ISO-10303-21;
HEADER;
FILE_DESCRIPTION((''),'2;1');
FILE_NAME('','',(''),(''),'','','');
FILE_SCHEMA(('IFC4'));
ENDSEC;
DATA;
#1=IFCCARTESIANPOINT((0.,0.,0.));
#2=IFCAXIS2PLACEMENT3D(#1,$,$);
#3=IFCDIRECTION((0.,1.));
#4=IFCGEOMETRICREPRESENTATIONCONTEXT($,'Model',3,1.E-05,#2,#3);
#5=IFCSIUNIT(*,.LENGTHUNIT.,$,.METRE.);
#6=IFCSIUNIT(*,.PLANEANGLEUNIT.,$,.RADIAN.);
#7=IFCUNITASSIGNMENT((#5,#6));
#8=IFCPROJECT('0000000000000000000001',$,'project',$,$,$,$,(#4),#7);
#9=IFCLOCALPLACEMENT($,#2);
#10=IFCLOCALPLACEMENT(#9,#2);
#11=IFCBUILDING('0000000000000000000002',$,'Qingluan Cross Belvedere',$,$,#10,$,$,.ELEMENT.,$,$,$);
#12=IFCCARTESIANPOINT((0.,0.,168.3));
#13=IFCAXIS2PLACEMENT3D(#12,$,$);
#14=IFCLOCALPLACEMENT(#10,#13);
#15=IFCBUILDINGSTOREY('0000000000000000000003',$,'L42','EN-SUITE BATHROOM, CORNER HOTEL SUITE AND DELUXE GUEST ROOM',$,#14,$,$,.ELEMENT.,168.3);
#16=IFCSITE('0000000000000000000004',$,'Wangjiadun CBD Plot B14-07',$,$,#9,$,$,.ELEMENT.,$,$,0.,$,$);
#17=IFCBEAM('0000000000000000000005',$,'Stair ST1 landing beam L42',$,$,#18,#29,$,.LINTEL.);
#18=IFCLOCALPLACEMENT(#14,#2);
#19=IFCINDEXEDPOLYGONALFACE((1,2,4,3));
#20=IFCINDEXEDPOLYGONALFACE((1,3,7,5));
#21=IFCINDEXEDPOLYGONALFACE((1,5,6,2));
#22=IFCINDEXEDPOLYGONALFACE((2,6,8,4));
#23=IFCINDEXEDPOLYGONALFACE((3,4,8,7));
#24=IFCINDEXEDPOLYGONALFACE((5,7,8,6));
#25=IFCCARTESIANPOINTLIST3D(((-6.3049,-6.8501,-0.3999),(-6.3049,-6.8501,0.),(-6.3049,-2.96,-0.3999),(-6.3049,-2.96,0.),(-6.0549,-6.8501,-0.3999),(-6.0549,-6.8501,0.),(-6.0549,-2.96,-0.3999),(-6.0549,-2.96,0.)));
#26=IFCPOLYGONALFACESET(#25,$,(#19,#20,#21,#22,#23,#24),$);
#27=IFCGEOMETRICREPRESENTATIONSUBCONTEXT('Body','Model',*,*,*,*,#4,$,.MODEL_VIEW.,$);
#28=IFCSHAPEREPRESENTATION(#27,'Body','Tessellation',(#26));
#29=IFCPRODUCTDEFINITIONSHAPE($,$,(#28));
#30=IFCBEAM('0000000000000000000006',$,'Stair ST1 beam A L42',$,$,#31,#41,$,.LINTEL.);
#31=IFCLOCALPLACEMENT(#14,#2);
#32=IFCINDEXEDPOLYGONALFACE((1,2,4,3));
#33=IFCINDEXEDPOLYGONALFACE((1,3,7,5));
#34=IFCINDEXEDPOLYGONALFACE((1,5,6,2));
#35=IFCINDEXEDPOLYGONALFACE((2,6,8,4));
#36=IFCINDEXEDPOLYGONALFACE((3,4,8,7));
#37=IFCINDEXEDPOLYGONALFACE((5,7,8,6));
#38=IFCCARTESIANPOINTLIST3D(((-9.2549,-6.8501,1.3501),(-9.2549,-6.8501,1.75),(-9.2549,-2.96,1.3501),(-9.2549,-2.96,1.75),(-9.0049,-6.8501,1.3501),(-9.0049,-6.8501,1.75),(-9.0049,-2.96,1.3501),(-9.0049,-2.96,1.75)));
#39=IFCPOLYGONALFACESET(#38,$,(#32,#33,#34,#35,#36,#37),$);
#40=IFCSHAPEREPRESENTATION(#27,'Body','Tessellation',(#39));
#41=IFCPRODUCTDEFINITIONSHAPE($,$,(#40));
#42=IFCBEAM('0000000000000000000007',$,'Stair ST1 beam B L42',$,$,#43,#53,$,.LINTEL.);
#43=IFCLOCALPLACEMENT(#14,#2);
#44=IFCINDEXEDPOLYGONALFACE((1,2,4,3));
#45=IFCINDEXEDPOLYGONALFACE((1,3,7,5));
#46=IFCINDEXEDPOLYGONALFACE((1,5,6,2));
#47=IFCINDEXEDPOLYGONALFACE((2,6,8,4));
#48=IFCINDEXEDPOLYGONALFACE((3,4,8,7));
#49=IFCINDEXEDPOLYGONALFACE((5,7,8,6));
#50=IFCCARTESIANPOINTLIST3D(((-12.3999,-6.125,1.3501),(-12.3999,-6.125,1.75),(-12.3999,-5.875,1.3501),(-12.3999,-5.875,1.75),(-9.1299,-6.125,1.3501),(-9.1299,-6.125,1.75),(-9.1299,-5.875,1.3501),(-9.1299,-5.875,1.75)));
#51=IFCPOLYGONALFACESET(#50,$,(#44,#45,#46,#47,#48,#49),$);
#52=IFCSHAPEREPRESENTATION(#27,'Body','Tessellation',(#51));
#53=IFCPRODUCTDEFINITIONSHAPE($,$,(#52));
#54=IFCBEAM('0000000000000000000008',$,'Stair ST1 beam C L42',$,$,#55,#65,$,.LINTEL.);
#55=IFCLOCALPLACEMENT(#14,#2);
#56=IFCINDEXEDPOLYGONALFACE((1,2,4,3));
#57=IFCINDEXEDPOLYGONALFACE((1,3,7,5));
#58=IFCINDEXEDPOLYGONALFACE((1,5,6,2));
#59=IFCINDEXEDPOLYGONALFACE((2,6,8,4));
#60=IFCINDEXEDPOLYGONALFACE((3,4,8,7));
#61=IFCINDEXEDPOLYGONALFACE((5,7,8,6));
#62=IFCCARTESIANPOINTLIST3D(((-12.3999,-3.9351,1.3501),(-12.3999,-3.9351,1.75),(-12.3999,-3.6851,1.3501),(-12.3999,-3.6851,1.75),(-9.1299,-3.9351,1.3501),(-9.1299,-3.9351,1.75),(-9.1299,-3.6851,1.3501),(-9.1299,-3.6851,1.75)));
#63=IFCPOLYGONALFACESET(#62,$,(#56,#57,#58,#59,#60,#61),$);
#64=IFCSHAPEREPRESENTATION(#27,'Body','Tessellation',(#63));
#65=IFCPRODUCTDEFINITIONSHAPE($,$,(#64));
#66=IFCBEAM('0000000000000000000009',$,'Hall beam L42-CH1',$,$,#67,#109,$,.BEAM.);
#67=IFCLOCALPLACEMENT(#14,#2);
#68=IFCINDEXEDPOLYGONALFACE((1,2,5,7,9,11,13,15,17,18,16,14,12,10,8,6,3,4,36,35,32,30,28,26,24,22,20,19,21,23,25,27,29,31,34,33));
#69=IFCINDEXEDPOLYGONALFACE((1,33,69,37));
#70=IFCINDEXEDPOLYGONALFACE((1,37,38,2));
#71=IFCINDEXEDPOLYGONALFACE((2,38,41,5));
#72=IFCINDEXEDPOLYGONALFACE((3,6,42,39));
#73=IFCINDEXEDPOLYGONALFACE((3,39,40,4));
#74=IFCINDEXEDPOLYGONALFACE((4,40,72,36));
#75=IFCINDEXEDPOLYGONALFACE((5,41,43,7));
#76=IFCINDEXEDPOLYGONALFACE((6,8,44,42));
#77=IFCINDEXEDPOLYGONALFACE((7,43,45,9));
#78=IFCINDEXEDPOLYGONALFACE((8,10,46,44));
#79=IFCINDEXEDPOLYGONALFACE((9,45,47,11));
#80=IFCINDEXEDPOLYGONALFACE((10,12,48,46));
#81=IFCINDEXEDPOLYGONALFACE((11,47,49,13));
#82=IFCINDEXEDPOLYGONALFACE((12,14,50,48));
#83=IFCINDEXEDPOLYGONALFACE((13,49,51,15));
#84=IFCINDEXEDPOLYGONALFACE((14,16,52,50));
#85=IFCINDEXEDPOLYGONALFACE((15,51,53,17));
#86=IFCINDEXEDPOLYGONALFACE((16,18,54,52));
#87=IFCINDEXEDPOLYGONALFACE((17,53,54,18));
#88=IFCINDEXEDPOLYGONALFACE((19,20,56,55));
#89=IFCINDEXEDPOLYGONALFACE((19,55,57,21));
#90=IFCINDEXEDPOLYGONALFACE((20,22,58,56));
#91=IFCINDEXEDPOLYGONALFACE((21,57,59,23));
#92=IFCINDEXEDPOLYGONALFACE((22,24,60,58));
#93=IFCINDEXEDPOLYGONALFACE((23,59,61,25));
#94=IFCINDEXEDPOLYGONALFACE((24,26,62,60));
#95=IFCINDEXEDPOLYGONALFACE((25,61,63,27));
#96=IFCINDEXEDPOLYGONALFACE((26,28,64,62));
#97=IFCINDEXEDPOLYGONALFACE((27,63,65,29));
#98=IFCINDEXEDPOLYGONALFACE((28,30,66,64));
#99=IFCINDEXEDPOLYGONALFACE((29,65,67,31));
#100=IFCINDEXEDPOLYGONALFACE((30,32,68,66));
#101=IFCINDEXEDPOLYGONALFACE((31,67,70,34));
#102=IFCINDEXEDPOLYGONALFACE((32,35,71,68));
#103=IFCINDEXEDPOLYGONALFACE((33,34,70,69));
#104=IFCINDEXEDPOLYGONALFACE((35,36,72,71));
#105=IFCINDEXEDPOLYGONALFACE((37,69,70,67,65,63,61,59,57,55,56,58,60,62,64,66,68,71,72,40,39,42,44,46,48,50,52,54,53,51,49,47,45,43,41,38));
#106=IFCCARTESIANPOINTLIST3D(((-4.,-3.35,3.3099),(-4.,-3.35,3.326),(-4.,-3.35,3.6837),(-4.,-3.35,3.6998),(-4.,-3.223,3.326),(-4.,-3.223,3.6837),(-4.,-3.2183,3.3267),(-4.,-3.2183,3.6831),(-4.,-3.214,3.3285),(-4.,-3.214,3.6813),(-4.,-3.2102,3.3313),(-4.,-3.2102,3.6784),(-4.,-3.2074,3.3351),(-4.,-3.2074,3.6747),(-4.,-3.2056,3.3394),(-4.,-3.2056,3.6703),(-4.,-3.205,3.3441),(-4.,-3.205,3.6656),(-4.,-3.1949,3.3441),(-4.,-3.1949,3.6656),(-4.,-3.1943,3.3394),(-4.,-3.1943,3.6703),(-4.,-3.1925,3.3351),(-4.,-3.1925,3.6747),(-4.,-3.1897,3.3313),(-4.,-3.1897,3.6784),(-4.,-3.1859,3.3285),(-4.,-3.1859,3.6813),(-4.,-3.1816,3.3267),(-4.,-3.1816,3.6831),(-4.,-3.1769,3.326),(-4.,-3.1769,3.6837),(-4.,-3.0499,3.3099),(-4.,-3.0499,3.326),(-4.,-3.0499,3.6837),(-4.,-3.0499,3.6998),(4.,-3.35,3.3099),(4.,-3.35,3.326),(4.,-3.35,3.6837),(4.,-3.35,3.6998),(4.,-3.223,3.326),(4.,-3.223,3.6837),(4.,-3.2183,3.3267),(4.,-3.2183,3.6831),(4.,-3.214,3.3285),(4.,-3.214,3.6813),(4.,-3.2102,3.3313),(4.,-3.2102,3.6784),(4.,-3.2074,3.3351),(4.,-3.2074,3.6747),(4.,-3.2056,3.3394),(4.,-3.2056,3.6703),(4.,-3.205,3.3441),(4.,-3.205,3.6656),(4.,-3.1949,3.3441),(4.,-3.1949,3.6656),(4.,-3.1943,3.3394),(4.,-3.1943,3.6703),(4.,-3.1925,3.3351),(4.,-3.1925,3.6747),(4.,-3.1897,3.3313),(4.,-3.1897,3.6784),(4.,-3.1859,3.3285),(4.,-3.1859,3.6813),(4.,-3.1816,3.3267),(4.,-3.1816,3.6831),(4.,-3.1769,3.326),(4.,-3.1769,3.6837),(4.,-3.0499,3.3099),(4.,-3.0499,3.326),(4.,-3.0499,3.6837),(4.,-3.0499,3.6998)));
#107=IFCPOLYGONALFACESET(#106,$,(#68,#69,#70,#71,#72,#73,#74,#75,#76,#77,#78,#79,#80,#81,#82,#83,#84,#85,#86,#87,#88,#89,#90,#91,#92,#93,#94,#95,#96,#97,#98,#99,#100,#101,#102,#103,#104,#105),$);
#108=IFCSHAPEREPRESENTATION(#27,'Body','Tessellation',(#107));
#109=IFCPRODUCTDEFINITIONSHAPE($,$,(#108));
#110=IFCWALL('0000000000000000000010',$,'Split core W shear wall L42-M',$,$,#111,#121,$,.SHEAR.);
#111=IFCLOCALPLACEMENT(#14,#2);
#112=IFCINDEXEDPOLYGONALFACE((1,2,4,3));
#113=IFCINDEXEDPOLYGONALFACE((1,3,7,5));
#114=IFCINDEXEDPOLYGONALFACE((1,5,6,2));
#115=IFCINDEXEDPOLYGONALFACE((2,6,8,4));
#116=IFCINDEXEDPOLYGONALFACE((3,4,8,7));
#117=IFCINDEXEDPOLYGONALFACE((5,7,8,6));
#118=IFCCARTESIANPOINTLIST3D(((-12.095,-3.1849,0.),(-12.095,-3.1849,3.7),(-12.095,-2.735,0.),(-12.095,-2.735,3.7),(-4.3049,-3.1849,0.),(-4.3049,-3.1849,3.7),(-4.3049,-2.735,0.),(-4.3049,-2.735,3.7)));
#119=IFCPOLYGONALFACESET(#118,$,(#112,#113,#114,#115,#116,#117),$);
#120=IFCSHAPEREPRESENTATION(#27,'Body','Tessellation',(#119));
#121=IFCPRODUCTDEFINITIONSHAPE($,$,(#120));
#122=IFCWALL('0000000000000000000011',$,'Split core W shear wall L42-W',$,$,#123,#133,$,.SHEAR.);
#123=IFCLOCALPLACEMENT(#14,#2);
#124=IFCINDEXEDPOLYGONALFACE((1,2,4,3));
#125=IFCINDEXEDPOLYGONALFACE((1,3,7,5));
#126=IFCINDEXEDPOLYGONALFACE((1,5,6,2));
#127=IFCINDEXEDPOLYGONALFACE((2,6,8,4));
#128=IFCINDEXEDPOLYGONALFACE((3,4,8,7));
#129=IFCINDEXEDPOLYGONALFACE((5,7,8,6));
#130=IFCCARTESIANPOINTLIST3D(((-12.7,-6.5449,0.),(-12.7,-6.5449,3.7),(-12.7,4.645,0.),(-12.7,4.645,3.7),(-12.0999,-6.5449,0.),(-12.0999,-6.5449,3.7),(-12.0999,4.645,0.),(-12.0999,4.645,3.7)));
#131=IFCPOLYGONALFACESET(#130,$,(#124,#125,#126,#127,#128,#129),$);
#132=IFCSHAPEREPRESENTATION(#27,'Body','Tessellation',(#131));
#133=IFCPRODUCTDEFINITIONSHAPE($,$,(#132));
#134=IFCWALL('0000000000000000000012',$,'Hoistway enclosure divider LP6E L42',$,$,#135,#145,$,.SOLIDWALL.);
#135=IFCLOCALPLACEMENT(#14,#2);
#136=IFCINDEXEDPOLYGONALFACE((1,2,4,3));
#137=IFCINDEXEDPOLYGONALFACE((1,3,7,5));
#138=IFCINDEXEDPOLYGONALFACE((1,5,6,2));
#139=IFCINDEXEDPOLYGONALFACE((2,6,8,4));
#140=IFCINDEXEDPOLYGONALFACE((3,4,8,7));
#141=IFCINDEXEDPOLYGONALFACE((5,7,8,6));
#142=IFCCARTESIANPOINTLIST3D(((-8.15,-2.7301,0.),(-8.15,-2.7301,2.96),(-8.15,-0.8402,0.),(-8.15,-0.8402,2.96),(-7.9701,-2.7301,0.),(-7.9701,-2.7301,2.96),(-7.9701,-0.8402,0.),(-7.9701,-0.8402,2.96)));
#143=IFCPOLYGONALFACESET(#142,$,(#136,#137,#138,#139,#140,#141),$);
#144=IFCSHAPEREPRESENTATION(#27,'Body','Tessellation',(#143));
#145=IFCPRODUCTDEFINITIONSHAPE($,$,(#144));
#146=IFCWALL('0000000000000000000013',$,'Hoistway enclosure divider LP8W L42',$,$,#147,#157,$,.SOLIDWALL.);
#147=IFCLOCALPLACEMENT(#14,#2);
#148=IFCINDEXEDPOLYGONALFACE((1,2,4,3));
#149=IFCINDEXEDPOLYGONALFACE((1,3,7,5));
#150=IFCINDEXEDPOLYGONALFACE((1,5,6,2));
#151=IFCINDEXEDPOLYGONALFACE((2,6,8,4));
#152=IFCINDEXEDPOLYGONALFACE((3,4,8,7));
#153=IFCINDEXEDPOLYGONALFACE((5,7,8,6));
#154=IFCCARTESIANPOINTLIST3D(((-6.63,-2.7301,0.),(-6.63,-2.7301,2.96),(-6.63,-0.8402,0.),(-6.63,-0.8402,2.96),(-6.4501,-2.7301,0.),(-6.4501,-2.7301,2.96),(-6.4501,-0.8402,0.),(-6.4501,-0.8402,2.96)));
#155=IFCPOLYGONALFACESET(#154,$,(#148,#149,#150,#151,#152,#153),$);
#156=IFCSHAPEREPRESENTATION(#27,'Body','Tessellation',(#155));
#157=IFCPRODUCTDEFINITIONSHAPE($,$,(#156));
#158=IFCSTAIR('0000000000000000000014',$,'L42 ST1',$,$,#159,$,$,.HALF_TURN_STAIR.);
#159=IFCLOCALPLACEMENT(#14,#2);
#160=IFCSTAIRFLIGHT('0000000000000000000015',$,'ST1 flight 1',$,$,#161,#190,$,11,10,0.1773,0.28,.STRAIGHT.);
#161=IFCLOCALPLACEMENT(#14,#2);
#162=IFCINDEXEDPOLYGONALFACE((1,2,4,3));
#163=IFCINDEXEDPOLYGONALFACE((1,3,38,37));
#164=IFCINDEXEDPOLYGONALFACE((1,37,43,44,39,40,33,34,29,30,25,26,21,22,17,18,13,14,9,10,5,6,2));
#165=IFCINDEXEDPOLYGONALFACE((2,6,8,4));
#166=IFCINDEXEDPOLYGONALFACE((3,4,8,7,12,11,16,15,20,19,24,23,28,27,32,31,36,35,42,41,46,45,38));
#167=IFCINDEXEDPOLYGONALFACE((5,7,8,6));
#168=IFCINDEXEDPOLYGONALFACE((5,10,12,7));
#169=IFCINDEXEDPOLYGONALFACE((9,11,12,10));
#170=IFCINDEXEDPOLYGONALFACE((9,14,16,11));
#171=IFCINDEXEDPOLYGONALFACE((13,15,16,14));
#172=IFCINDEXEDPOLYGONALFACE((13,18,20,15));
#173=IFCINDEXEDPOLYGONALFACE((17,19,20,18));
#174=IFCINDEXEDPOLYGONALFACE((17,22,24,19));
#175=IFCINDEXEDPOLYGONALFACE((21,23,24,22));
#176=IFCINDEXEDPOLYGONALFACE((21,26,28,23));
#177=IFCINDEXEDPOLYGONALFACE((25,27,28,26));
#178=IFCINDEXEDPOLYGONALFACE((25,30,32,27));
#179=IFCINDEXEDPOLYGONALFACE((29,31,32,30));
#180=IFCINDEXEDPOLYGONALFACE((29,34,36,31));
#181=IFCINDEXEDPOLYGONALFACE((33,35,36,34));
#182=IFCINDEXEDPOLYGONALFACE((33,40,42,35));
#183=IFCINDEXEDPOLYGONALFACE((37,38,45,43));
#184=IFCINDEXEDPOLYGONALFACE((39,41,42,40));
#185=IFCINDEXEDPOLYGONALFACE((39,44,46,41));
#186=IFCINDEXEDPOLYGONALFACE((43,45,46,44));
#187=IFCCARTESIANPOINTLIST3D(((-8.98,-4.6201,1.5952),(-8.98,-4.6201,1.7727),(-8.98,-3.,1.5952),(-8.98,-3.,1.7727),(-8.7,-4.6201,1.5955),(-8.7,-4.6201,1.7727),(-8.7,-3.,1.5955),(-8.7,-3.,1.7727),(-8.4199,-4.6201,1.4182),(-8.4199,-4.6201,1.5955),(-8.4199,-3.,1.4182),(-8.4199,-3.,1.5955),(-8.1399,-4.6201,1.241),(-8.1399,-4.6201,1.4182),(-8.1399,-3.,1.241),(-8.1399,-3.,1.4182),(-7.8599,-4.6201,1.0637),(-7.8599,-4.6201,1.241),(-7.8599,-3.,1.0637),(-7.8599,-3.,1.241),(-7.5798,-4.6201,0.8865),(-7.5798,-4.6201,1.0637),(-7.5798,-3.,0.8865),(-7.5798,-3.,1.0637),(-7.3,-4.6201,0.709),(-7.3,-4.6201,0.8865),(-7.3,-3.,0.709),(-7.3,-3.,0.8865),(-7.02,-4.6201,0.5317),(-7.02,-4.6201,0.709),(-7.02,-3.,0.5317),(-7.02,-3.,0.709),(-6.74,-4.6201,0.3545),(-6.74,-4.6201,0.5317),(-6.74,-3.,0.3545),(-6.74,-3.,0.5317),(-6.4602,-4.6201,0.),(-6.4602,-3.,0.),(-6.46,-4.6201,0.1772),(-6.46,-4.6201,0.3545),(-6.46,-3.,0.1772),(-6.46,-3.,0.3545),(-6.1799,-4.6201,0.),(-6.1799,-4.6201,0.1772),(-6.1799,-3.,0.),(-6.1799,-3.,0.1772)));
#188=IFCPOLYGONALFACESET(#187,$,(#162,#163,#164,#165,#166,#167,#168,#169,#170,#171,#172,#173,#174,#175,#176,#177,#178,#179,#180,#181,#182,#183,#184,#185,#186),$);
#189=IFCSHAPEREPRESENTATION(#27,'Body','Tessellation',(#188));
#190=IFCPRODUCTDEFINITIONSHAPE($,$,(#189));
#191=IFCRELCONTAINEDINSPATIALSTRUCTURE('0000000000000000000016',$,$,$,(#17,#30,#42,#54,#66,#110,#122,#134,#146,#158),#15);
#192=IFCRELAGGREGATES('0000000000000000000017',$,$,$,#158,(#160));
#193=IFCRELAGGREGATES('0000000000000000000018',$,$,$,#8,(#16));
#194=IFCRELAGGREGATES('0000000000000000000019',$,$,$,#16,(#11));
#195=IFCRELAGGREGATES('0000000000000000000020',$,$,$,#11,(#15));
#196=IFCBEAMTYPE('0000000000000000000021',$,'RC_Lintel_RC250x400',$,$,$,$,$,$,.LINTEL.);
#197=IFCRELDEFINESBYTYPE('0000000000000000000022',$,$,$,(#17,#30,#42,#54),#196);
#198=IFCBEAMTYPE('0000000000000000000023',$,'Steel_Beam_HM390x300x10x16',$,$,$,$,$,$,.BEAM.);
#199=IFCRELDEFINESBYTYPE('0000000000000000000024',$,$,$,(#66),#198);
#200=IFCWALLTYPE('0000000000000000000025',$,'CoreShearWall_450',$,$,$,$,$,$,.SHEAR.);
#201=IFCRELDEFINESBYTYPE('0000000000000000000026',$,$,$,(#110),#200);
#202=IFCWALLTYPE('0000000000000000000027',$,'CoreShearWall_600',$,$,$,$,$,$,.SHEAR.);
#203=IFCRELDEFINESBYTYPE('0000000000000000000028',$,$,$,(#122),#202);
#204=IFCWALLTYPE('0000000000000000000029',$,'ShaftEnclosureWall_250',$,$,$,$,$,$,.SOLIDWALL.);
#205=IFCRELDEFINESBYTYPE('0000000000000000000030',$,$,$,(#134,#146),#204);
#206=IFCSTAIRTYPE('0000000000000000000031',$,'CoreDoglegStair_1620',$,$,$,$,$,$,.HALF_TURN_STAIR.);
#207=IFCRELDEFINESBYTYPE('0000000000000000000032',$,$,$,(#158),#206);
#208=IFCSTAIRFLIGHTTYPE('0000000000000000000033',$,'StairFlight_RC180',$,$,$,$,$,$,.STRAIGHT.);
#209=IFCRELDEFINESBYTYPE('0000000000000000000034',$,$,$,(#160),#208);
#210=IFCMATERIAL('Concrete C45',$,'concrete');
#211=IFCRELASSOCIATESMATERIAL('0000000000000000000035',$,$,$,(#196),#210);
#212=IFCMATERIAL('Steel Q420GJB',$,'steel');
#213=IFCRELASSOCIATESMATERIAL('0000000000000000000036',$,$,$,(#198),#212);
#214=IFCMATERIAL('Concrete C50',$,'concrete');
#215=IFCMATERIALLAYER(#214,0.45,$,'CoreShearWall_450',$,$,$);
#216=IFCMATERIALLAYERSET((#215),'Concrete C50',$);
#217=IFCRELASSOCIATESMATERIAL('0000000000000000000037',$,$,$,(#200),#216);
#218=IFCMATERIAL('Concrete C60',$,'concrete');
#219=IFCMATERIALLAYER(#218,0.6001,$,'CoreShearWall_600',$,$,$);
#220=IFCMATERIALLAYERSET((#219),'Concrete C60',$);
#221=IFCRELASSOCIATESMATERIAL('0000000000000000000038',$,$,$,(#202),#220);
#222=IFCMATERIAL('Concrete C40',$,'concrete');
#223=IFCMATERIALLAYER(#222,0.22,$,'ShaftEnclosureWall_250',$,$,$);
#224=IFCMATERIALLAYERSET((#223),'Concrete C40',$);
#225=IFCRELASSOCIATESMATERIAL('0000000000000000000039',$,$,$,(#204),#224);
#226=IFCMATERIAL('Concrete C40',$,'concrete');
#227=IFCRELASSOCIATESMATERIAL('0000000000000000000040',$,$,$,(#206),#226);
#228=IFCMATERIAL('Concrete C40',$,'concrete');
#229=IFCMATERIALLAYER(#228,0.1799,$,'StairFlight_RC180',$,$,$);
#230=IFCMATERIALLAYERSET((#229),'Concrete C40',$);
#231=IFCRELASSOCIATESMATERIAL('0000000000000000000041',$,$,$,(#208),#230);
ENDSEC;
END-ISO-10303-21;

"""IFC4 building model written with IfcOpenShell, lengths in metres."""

from ifc_helpers import new_model, si_unit, direction, frame, frame_2d, origin, origin_2d, place, context, subcontext, project, spatial, polyline, rectangle, i_section, outline, extrude, material, layer, layer_set, material_profile, profile_set, type_object, element, aggregate, save


model = new_model("IFC4")

# Units and contexts
model_context = context("Model", 3, precision=1e-05, world=origin(), true_north=direction((0.0, 1.0)))
body_context = subcontext(model_context, "Body", "Model", "MODEL_VIEW")
ifc_project = project(units=[si_unit("LENGTHUNIT", "METRE"), si_unit("PLANEANGLEUNIT", "RADIAN")], contexts=[model_context])

# Site, building, storey
site_placement = place(None, origin())
site = spatial("IfcSite", under=ifc_project, at=site_placement, Name="Wangjiadun CBD Plot B14-07", CompositionType="ELEMENT", RefElevation=0.0)
building_placement = place(site_placement, origin())
building = spatial("IfcBuilding", under=site, at=building_placement, Name="Qingluan Cross Belvedere", CompositionType="ELEMENT")
storey_placement = place(building_placement, frame((0.0, 0.0, 168.3)))
storey = spatial("IfcBuildingStorey", under=building, at=storey_placement, Name="L42", Description="EN-SUITE BATHROOM, CORNER HOTEL SUITE AND DELUXE GUEST ROOM", CompositionType="ELEMENT", Elevation=168.3)

# Beams
ifc_material_1 = material(Name="Concrete C45", Category="concrete")
ifc_material_profile_1 = material_profile(ifc_material_1, rectangle(XDim=0.25, YDim=0.3999, at=origin_2d()), Name="RC250x400")
ifc_profile_set_1 = profile_set([ifc_material_profile_1], Name="Concrete C45")
beam_type_1 = type_object("IfcBeamType", Name="RC_Lintel_RC250x400", PredefinedType="LINTEL", material=ifc_profile_set_1)
for number, where, z_axis, x_axis, name in (
    (1, (-6.1799, -6.8501, -0.2), (0.0, 1.0, 0.0), (-1.0, 0.0, 0.0), "Stair ST1 landing beam L42"),
    (2, (-9.1299, -6.8501, 1.55), (0.0, 1.0, 0.0), (-1.0, 0.0, 0.0), "Stair ST1 beam A L42"),
):
    element("IfcBeam", number, at=place(storey_placement, frame(where, z_axis=z_axis, x_axis=x_axis)), inside=storey, type_object=beam_type_1, Name=name, PredefinedType="LINTEL", context=body_context, shape_type="SweptSolid", body=[
        extrude(rectangle(XDim=0.25, YDim=0.3999, at=origin_2d()), origin(), (0.0, 0.0, 1.0), 3.8901),
    ])
for number, where, z_axis, x_axis, name in (
    (3, (-12.3999, -6.0, 1.55), (1.0, 0.0, 0.0), (0.0, 1.0, 0.0), "Stair ST1 beam B L42"),
    (4, (-12.3999, -3.8101, 1.55), (1.0, 0.0, 0.0), (0.0, 1.0, 0.0), "Stair ST1 beam C L42"),
):
    element("IfcBeam", number, at=place(storey_placement, frame(where, z_axis=z_axis, x_axis=x_axis)), inside=storey, type_object=beam_type_1, Name=name, PredefinedType="LINTEL", context=body_context, shape_type="SweptSolid", body=[
        extrude(rectangle(XDim=0.25, YDim=0.3999, at=origin_2d()), origin(), (0.0, 0.0, 1.0), 3.27),
    ])
ifc_material_2 = material(Name="Steel Q420GJB", Category="steel")
ifc_material_profile_2 = material_profile(ifc_material_2, i_section(OverallWidth=0.3, OverallDepth=0.3899, WebThickness=0.01, FlangeThickness=0.0161, FilletRadius=0.0181, at=origin_2d()), Name="HM390x300x10x16")
ifc_profile_set_2 = profile_set([ifc_material_profile_2], Name="Steel Q420GJB")
beam_type_2 = type_object("IfcBeamType", Name="Steel_Beam_HM390x300x10x16", PredefinedType="BEAM", material=ifc_profile_set_2)
beam_placement = place(storey_placement, frame((-4.0, -3.2, 3.5049), z_axis=(1.0, 0.0, 0.0), x_axis=(0.0, 1.0, 0.0)))
element("IfcBeam", 5, at=beam_placement, inside=storey, type_object=beam_type_2, Name="Hall beam L42-CH1", PredefinedType="BEAM", context=body_context, shape_type="SweptSolid", body=[
    extrude(i_section(OverallWidth=0.3, OverallDepth=0.3899, WebThickness=0.01, FlangeThickness=0.0161, FilletRadius=0.0181, at=origin_2d()), origin(), (0.0, 0.0, 1.0), 8.0),
])

# Walls
ifc_material_3 = material(Name="Concrete C50", Category="concrete")
ifc_layer_1 = layer(ifc_material_3, 0.45, Name="CoreShearWall_450")
ifc_layer_set_1 = layer_set([ifc_layer_1], Name="Concrete C50")
wall_type_1 = type_object("IfcWallType", Name="CoreShearWall_450", PredefinedType="SHEAR", material=ifc_layer_set_1)
wall_1_placement = place(storey_placement, frame((-12.095, -2.96, 0.0), z_axis=(0.0, 0.0, 1.0), x_axis=(1.0, 0.0, 0.0)))
element("IfcWall", 6, at=wall_1_placement, inside=storey, type_object=wall_type_1, Name="Split core W shear wall L42-M", PredefinedType="SHEAR", context=body_context, shape_type="SweptSolid", body=[
    extrude(rectangle(XDim=7.79, YDim=0.45, at=frame_2d((3.895, 0.0))), origin(), (0.0, 0.0, 1.0), 3.7),
])
ifc_material_4 = material(Name="Concrete C60", Category="concrete")
ifc_layer_2 = layer(ifc_material_4, 0.6001, Name="CoreShearWall_600")
ifc_layer_set_2 = layer_set([ifc_layer_2], Name="Concrete C60")
wall_type_2 = type_object("IfcWallType", Name="CoreShearWall_600", PredefinedType="SHEAR", material=ifc_layer_set_2)
wall_2_placement = place(storey_placement, frame((-12.3999, -6.5449, 0.0), z_axis=(0.0, 0.0, 1.0), x_axis=(0.0, 1.0, 0.0)))
element("IfcWall", 7, at=wall_2_placement, inside=storey, type_object=wall_type_2, Name="Split core W shear wall L42-W", PredefinedType="SHEAR", context=body_context, shape_type="SweptSolid", body=[
    extrude(rectangle(XDim=11.1899, YDim=0.6001, at=frame_2d((5.595, 0.0))), origin(), (0.0, 0.0, 1.0), 3.7),
])

# Shared definitions
ifc_material_5 = material(Name="Concrete C40", Category="concrete")
ifc_layer_3 = layer(ifc_material_5, 0.22, Name="ShaftEnclosureWall_250")
ifc_layer_set_3 = layer_set([ifc_layer_3], Name="Concrete C40")
wall_type_3 = type_object("IfcWallType", Name="ShaftEnclosureWall_250", PredefinedType="SOLIDWALL", material=ifc_layer_set_3)

# Walls
for number, where, z_axis, x_axis, name in (
    (8, (-8.0601, -2.73, 0.0), (0.0, 0.0, 1.0), (0.0, 1.0, 0.0), "Hoistway enclosure divider LP6E L42"),
    (9, (-6.54, -2.73, 0.0), (0.0, 0.0, 1.0), (0.0, 1.0, 0.0), "Hoistway enclosure divider LP8W L42"),
):
    element("IfcWall", number, at=place(storey_placement, frame(where, z_axis=z_axis, x_axis=x_axis)), inside=storey, type_object=wall_type_3, Name=name, PredefinedType="SOLIDWALL", context=body_context, shape_type="SweptSolid", body=[
        extrude(rectangle(XDim=1.8899, YDim=0.1799, at=frame_2d((0.9448, 0.0))), origin(), (0.0, 0.0, 1.0), 2.96),
    ])

# Stair, stair flight
ifc_material_6 = material(Name="Concrete C40", Category="concrete")
stair_type = type_object("IfcStairType", Name="CoreDoglegStair_1620", PredefinedType="HALF_TURN_STAIR", material=ifc_material_6)
stair_placement = place(storey_placement, origin())
stair = element("IfcStair", 10, at=stair_placement, inside=storey, type_object=stair_type, Name="L42 ST1", PredefinedType="HALF_TURN_STAIR")
ifc_material_7 = material(Name="Concrete C40", Category="concrete")
ifc_layer_4 = layer(ifc_material_7, 0.1799, Name="StairFlight_RC180")
ifc_layer_set_4 = layer_set([ifc_layer_4], Name="Concrete C40")
stair_flight_type = type_object("IfcStairFlightType", Name="StairFlight_RC180", PredefinedType="STRAIGHT", material=ifc_layer_set_4)
stair_flight_1_placement = place(storey_placement, frame((-6.1799, -3.8101, 0.0), z_axis=(0.0, 0.0, 1.0), x_axis=(-1.0, 0.0, 0.0)))
stair_flight_1 = element("IfcStairFlight", 11, at=stair_flight_1_placement, type_object=stair_flight_type, Name="ST1 flight 1", NumberOfRisers=11, NumberOfTreads=10, PredefinedType="STRAIGHT", RiserHeight=0.1773, TreadLength=0.28, context=body_context, shape_type="SweptSolid", body=[
    extrude(outline(polyline([(0.0, 0.0), (0.0, 0.1772), (0.28, 0.1772), (0.28, 0.3545), (0.5601, 0.3545), (0.5601, 0.5317), (0.8401, 0.5317), (0.8401, 0.709), (1.1201, 0.709), (1.1201, 0.8865), (1.3999, 0.8865), (1.3999, 1.0637), (1.6799, 1.0637), (1.6799, 1.241), (1.96, 1.241), (1.96, 1.4182), (2.24, 1.4182), (2.24, 1.5955), (2.52, 1.5955), (2.52, 1.7727), (2.8, 1.7727), (2.8, 1.95), (2.8, 1.5952), (0.2803, 0.0), (0.0, 0.0)])), frame((0.0, 0.8101, 0.0), z_axis=(0.0, -1.0, 0.0), x_axis=(1.0, 0.0, 0.0)), (0.0, 0.0, 1.0), 1.6201),
])
aggregate(stair, [stair_flight_1])

save(model, "model.ifc")
